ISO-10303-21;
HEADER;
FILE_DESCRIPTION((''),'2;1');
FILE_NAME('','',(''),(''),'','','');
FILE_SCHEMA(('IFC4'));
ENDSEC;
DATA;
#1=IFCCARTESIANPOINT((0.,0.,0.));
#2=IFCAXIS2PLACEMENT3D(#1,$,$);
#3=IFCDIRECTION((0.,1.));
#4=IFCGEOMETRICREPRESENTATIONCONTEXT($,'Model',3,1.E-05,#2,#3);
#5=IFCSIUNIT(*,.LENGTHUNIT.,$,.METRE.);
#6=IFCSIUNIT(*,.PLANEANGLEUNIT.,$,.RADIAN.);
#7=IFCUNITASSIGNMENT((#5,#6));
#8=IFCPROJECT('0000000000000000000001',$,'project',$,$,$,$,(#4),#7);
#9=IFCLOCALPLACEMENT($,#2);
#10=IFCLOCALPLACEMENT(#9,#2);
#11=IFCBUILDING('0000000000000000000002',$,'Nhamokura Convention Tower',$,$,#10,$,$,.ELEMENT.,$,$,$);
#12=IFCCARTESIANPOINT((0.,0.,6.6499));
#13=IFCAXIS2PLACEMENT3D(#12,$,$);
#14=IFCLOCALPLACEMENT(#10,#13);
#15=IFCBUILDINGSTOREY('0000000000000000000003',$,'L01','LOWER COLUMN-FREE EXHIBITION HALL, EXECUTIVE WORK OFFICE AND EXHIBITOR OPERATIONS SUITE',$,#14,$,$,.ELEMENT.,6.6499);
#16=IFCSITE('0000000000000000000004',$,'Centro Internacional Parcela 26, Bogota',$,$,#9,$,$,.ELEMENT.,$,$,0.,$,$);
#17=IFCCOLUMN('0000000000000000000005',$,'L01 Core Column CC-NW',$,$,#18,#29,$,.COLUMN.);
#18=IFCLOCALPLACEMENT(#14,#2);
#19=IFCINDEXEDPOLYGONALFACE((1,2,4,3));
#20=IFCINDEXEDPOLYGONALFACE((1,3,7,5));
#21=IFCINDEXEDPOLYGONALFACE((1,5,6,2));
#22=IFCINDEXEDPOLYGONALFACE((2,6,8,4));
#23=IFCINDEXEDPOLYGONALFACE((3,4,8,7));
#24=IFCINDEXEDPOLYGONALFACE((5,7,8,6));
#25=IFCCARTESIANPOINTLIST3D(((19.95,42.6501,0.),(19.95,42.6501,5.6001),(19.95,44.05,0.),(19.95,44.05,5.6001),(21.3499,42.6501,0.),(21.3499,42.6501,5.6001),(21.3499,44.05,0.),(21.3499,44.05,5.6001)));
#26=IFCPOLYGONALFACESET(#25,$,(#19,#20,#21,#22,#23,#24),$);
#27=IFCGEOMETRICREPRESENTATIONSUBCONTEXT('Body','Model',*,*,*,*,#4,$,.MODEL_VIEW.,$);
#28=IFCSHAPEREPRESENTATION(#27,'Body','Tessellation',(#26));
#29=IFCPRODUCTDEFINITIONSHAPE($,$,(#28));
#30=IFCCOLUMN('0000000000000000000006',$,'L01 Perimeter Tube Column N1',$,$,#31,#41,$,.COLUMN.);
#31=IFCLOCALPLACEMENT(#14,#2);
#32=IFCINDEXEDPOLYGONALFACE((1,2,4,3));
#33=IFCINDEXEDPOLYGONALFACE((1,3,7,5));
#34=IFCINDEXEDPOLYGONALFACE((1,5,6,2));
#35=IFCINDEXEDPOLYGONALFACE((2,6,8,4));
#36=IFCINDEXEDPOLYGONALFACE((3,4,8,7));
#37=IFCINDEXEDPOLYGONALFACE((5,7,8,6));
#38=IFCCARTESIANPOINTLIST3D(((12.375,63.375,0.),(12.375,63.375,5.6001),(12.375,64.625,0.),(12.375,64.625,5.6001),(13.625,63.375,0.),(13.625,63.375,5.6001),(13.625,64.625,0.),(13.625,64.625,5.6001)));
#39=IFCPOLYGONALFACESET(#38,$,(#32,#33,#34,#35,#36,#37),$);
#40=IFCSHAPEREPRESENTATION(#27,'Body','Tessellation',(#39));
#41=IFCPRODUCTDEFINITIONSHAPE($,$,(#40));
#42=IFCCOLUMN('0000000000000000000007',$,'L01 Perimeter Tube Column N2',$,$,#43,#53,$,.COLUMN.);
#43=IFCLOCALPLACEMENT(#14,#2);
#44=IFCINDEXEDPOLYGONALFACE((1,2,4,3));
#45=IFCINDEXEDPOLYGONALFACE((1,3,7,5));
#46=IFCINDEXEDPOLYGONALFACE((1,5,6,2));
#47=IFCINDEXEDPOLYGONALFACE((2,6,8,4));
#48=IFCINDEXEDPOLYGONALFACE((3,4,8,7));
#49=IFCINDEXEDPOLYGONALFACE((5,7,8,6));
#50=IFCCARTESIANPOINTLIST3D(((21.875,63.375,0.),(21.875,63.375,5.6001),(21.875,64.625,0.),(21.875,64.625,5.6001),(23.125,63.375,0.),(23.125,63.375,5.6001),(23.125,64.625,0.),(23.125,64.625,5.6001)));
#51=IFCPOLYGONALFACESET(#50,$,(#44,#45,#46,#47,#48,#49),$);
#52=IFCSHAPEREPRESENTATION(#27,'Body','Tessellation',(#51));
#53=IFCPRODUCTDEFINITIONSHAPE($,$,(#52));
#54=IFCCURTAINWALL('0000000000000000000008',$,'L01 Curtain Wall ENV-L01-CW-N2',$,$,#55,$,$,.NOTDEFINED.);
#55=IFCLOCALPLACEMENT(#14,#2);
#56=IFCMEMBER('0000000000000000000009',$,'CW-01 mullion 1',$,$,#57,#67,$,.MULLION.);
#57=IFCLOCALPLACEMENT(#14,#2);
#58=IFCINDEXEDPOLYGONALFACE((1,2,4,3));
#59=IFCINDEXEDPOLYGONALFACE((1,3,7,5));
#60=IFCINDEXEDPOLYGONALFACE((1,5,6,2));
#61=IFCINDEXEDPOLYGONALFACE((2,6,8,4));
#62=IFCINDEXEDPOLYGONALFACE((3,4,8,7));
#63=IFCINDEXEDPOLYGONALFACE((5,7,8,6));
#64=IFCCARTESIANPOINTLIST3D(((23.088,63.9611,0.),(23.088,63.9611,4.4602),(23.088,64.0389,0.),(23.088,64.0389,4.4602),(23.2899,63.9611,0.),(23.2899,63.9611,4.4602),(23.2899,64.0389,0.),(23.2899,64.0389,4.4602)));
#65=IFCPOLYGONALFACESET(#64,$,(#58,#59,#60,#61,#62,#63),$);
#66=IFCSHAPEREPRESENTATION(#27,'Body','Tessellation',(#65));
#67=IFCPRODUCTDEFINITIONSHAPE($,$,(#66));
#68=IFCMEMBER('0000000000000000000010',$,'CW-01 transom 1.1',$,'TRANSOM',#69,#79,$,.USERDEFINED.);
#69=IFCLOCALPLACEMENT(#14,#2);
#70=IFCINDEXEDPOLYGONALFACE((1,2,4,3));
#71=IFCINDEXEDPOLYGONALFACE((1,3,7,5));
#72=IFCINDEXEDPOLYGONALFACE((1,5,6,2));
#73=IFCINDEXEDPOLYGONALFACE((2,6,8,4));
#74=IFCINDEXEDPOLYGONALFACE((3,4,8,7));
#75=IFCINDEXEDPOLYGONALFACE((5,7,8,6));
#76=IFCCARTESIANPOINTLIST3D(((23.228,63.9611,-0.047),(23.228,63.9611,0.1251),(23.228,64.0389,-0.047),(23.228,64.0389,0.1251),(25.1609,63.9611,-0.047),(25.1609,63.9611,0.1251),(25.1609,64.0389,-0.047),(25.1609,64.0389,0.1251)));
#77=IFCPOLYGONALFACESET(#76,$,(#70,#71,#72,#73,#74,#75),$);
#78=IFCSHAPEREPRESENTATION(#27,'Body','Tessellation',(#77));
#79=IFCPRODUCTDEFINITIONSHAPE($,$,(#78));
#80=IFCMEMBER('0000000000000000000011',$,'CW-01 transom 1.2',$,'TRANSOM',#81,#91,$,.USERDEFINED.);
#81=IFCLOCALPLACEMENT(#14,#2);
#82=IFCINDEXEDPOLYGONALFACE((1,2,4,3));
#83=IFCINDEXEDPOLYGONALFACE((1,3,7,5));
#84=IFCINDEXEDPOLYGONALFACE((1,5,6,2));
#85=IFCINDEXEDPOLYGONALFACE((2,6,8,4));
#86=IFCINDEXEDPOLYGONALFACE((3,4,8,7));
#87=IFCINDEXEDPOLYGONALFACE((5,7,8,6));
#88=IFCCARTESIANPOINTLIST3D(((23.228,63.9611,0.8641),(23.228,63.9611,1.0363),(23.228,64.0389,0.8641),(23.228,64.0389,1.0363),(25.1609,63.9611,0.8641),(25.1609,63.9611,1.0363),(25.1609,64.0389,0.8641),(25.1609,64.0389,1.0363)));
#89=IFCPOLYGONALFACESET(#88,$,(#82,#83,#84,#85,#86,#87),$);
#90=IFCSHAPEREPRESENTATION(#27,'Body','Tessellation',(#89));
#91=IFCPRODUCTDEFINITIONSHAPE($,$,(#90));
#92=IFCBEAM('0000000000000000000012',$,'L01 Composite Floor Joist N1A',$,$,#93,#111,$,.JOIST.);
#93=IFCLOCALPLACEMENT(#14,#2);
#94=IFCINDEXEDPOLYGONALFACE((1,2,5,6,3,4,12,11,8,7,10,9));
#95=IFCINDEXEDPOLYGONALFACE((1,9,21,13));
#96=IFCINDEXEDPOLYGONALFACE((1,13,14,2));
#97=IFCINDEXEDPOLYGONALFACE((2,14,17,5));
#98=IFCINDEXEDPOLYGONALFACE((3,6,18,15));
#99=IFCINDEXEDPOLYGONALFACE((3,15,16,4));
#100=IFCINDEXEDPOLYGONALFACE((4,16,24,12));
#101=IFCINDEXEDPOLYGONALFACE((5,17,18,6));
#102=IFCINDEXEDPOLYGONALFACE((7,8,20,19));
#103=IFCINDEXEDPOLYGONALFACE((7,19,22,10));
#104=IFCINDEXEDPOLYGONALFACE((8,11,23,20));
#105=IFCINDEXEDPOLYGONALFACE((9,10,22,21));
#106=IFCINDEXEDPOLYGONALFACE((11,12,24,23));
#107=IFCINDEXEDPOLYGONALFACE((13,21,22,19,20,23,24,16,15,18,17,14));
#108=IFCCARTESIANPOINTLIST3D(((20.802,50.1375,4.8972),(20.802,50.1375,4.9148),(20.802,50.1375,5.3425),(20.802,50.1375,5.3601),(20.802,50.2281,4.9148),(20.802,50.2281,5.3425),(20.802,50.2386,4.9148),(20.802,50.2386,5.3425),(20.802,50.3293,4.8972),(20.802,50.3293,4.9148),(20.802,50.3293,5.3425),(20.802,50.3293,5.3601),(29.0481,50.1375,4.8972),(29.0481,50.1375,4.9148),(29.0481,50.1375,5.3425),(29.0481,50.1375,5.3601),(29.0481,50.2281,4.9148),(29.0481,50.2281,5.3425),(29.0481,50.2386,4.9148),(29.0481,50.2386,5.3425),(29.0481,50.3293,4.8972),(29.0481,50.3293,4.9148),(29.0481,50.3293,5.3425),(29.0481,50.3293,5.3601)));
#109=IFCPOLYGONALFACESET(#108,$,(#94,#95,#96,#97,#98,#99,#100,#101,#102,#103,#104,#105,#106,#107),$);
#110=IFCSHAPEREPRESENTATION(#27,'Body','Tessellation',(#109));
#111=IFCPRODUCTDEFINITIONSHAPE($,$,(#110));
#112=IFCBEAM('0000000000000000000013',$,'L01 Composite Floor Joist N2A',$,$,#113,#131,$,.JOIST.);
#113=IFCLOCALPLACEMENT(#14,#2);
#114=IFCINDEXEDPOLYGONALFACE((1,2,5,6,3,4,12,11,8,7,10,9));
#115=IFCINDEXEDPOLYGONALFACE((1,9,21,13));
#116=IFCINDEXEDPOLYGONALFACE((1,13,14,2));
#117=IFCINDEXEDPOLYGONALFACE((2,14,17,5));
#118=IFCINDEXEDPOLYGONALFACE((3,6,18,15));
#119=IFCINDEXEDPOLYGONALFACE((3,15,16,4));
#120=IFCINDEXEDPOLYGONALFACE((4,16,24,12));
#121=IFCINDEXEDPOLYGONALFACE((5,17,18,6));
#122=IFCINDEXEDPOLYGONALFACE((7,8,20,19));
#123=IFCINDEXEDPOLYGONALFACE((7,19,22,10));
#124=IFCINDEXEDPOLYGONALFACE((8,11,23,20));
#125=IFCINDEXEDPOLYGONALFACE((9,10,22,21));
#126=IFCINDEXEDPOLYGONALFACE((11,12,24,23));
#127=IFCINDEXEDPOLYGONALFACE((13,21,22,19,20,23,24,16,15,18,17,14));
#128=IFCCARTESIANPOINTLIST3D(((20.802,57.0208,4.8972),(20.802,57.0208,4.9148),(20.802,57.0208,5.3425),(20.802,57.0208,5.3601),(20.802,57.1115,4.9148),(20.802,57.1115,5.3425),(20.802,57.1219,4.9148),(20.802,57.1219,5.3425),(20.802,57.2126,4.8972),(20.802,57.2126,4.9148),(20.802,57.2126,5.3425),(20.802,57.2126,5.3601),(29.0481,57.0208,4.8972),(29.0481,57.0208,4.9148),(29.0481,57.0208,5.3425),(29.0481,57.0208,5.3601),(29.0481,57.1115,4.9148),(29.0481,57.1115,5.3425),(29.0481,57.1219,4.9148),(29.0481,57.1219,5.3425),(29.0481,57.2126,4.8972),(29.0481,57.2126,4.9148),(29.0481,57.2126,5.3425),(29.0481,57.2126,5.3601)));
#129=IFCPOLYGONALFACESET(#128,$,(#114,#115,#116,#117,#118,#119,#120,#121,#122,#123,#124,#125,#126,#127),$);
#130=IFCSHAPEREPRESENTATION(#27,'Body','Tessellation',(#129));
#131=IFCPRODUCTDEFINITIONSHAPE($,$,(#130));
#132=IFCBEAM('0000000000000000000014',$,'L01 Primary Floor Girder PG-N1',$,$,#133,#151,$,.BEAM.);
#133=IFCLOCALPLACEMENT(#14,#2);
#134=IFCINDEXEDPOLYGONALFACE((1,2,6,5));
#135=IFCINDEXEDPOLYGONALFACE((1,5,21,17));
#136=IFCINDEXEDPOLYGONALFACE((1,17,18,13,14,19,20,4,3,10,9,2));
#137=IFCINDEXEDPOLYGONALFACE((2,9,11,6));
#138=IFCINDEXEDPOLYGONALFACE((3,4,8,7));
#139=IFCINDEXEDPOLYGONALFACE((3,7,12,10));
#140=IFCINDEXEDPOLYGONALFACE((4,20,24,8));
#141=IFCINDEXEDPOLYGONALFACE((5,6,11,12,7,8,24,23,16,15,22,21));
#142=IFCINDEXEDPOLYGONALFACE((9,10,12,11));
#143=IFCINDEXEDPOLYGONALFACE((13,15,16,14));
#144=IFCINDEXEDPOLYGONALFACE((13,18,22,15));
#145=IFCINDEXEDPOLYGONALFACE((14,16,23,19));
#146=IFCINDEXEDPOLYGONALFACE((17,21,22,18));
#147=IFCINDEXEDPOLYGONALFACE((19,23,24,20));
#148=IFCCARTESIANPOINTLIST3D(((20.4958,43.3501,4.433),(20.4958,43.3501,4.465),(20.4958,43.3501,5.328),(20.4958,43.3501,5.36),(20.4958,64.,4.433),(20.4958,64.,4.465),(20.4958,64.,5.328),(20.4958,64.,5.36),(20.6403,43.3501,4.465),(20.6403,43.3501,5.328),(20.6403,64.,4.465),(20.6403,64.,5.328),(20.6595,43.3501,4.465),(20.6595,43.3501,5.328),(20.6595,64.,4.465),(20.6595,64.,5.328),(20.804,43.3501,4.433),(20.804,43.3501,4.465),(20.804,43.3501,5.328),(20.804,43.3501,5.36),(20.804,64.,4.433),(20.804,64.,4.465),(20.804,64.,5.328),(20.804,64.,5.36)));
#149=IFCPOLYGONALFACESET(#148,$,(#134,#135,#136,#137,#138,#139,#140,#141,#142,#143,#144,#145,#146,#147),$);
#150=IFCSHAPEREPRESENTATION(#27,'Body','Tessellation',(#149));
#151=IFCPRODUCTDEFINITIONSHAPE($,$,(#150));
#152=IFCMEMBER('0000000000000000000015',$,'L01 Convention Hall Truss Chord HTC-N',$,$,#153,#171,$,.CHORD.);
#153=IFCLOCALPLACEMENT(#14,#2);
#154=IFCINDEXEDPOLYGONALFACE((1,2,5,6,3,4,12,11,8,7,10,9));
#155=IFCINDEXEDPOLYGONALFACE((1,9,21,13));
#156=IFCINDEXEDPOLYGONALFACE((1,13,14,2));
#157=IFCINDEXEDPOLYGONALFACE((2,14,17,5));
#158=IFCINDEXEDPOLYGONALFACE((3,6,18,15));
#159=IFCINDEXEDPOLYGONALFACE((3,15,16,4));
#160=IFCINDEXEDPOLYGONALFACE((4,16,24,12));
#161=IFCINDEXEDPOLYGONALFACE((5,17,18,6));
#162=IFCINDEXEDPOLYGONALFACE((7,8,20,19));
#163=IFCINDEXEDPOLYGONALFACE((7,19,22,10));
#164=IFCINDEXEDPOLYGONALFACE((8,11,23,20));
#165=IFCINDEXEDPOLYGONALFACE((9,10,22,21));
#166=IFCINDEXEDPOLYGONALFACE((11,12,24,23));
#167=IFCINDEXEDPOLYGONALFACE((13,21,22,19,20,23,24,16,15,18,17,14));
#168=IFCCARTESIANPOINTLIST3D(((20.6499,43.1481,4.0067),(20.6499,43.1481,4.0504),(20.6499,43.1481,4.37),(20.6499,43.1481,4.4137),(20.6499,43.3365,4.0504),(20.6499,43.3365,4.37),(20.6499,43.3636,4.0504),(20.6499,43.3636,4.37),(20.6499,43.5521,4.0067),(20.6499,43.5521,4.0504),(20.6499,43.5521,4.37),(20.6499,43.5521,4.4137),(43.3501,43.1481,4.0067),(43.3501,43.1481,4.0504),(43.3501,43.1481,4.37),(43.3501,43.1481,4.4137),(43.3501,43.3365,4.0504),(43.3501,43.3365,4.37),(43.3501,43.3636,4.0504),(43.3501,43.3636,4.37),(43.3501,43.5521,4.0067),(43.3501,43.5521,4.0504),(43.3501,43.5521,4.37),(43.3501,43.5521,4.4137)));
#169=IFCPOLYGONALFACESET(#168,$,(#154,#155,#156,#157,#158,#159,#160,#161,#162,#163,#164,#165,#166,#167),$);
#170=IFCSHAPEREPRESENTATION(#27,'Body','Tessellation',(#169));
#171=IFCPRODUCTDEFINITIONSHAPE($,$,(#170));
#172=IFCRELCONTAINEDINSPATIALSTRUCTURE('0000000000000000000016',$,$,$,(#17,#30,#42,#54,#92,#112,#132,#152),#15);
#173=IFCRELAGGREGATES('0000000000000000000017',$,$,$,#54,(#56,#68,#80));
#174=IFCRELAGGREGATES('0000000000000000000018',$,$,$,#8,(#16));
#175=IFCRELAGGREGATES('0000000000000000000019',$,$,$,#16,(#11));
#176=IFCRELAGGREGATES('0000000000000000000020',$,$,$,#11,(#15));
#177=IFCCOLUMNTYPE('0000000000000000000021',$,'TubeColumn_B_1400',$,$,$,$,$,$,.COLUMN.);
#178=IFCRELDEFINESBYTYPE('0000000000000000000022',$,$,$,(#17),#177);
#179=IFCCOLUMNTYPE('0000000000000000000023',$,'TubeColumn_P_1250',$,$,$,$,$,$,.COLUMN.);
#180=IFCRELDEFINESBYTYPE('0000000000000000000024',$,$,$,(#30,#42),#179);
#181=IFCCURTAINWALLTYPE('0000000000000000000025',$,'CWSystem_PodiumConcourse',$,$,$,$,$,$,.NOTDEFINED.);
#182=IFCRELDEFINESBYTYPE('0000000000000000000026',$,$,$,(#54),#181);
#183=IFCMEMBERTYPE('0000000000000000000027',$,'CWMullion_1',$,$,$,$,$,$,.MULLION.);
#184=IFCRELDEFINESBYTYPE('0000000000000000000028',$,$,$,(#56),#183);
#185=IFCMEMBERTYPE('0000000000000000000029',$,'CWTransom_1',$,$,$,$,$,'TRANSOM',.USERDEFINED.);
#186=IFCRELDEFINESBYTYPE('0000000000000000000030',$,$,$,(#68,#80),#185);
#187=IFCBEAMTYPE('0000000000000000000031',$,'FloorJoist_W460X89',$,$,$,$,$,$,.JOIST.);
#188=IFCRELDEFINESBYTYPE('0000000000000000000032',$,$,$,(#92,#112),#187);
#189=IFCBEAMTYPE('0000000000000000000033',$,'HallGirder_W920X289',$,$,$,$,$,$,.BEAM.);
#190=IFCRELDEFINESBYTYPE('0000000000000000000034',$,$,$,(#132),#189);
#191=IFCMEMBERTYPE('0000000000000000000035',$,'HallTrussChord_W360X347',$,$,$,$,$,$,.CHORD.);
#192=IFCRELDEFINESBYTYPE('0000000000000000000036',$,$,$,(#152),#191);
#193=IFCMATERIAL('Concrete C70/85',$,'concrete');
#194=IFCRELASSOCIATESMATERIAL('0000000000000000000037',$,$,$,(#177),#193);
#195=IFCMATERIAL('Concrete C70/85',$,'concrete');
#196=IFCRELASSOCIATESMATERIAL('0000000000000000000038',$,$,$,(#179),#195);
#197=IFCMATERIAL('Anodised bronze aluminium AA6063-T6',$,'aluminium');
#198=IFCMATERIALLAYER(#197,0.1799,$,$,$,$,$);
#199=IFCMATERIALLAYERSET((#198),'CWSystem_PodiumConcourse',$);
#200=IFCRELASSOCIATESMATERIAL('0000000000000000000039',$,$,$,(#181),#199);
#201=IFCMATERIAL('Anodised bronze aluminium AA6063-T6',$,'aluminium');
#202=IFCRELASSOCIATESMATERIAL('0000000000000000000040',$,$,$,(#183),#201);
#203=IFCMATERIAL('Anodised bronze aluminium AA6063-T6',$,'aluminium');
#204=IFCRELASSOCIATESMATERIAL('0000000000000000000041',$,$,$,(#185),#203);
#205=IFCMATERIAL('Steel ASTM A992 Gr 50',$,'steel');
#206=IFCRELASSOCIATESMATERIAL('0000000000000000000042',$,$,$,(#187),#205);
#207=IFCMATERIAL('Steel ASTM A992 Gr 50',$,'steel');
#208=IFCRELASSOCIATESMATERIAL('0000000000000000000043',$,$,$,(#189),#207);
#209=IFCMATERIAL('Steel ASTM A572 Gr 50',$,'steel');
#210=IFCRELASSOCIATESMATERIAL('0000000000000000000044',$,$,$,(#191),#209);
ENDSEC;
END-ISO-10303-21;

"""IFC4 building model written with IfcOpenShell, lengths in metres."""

from ifc_helpers import new_model, si_unit, direction, frame, origin, origin_2d, place, context, subcontext, project, spatial, rectangle, i_section, extrude, material, layer, layer_set, material_profile, profile_set, type_object, element, aggregate, save


model = new_model("IFC4")

# Units and contexts
model_context = context("Model", 3, precision=1e-05, world=origin(), true_north=direction((0.0, 1.0)))
body_context = subcontext(model_context, "Body", "Model", "MODEL_VIEW")
ifc_project = project(units=[si_unit("LENGTHUNIT", "METRE"), si_unit("PLANEANGLEUNIT", "RADIAN")], contexts=[model_context])

# Site, building, storey
site_placement = place(None, origin())
site = spatial("IfcSite", under=ifc_project, at=site_placement, Name="Centro Internacional Parcela 26, Bogota", CompositionType="ELEMENT", RefElevation=0.0)
building_placement = place(site_placement, origin())
building = spatial("IfcBuilding", under=site, at=building_placement, Name="Nhamokura Convention Tower", CompositionType="ELEMENT")
storey_placement = place(building_placement, frame((0.0, 0.0, 6.6499)))
storey = spatial("IfcBuildingStorey", under=building, at=storey_placement, Name="L01", Description="LOWER COLUMN-FREE EXHIBITION HALL, EXECUTIVE WORK OFFICE AND EXHIBITOR OPERATIONS SUITE", CompositionType="ELEMENT", Elevation=6.6499)

# Columns
ifc_material_1 = material(Name="Concrete C70/85", Category="concrete")
ifc_material_profile_1 = material_profile(ifc_material_1, rectangle(XDim=1.3999, YDim=1.3999, at=origin_2d()))
ifc_profile_set_1 = profile_set([ifc_material_profile_1], Name="Concrete C70/85")
column_type_1 = type_object("IfcColumnType", Name="TubeColumn_B_1400", PredefinedType="COLUMN", material=ifc_profile_set_1)
column_placement = place(storey_placement, frame((20.6499, 43.3501, 0.0), z_axis=(0.0, 0.0, 1.0), x_axis=(1.0, 0.0, 0.0)))
element("IfcColumn", 1, at=column_placement, inside=storey, type_object=column_type_1, Name="L01 Core Column CC-NW", PredefinedType="COLUMN", context=body_context, shape_type="SweptSolid", body=[
    extrude(rectangle(XDim=1.3999, YDim=1.3999, at=origin_2d()), origin(), (0.0, 0.0, 1.0), 5.6001),
])
ifc_material_2 = material(Name="Concrete C70/85", Category="concrete")
ifc_material_profile_2 = material_profile(ifc_material_2, rectangle(XDim=1.25, YDim=1.25, at=origin_2d()))
ifc_profile_set_2 = profile_set([ifc_material_profile_2], Name="Concrete C70/85")
column_type_2 = type_object("IfcColumnType", Name="TubeColumn_P_1250", PredefinedType="COLUMN", material=ifc_profile_set_2)
for number, where, z_axis, x_axis, name in (
    (2, (13.0, 64.0, 0.0), (0.0, 0.0, 1.0), (1.0, 0.0, 0.0), "L01 Perimeter Tube Column N1"),
    (3, (22.5, 64.0, 0.0), (0.0, 0.0, 1.0), (1.0, 0.0, 0.0), "L01 Perimeter Tube Column N2"),
):
    element("IfcColumn", number, at=place(storey_placement, frame(where, z_axis=z_axis, x_axis=x_axis)), inside=storey, type_object=column_type_2, Name=name, PredefinedType="COLUMN", context=body_context, shape_type="SweptSolid", body=[
        extrude(rectangle(XDim=1.25, YDim=1.25, at=origin_2d()), origin(), (0.0, 0.0, 1.0), 5.6001),
    ])

# Curtain wall, members
ifc_material_3 = material(Name="Anodised bronze aluminium AA6063-T6", Category="aluminium")
ifc_layer_1 = layer(ifc_material_3, 0.1799)
ifc_layer_set_1 = layer_set([ifc_layer_1], Name="CWSystem_PodiumConcourse")
curtain_wall_type = type_object("IfcCurtainWallType", Name="CWSystem_PodiumConcourse", PredefinedType="NOTDEFINED", material=ifc_layer_set_1)
curtain_wall_placement = place(storey_placement, origin())
curtain_wall = element("IfcCurtainWall", 4, at=curtain_wall_placement, inside=storey, type_object=curtain_wall_type, Name="L01 Curtain Wall ENV-L01-CW-N2", PredefinedType="NOTDEFINED")
ifc_material_4 = material(Name="Anodised bronze aluminium AA6063-T6", Category="aluminium")
ifc_material_profile_3 = material_profile(ifc_material_4, rectangle(XDim=0.0779, YDim=0.2019, at=origin_2d()))
ifc_profile_set_3 = profile_set([ifc_material_profile_3], Name="Anodised bronze aluminium AA6063-T6")
member_type_1 = type_object("IfcMemberType", Name="CWMullion_1", PredefinedType="MULLION", material=ifc_profile_set_3)
member_1_placement = place(storey_placement, frame((23.189, 64.0, 0.0), z_axis=(0.0, 0.0, 1.0), x_axis=(0.0, 1.0, 0.0)))
member_1 = element("IfcMember", 5, at=member_1_placement, type_object=member_type_1, Name="CW-01 mullion 1", PredefinedType="MULLION", context=body_context, shape_type="SweptSolid", body=[
    extrude(rectangle(XDim=0.0779, YDim=0.2019, at=origin_2d()), origin(), (0.0, 0.0, 1.0), 4.4602),
])
ifc_material_5 = material(Name="Anodised bronze aluminium AA6063-T6", Category="aluminium")
ifc_material_profile_4 = material_profile(ifc_material_5, rectangle(XDim=0.0779, YDim=0.1721, at=origin_2d()))
ifc_profile_set_4 = profile_set([ifc_material_profile_4], Name="Anodised bronze aluminium AA6063-T6")
member_type_2 = type_object("IfcMemberType", Name="CWTransom_1", ElementType="TRANSOM", PredefinedType="USERDEFINED", material=ifc_profile_set_4)
member_2_placement = place(storey_placement, frame((23.228, 64.0, 0.0391), z_axis=(1.0, 0.0, 0.0), x_axis=(0.0, 1.0, 0.0)))
member_2 = element("IfcMember", 6, at=member_2_placement, type_object=member_type_2, Name="CW-01 transom 1.1", ObjectType="TRANSOM", PredefinedType="USERDEFINED", context=body_context, shape_type="SweptSolid", body=[
    extrude(rectangle(XDim=0.0779, YDim=0.1721, at=origin_2d()), origin(), (0.0, 0.0, 1.0), 1.9329),
])
member_3_placement = place(storey_placement, frame((23.228, 64.0, 0.9502), z_axis=(1.0, 0.0, 0.0), x_axis=(0.0, 1.0, 0.0)))
member_3 = element("IfcMember", 7, at=member_3_placement, type_object=member_type_2, Name="CW-01 transom 1.2", ObjectType="TRANSOM", PredefinedType="USERDEFINED", context=body_context, shape_type="SweptSolid", body=[
    extrude(rectangle(XDim=0.0779, YDim=0.1721, at=origin_2d()), origin(), (0.0, 0.0, 1.0), 1.9329),
])
aggregate(curtain_wall, [member_1, member_2, member_3])

# Beams
ifc_material_6 = material(Name="Steel ASTM A992 Gr 50", Category="steel")
ifc_material_profile_5 = material_profile(ifc_material_6, i_section(OverallWidth=0.1919, OverallDepth=0.4629, WebThickness=0.0105, FlangeThickness=0.0176, at=origin_2d()))
ifc_profile_set_5 = profile_set([ifc_material_profile_5], Name="Steel ASTM A992 Gr 50")
beam_type_1 = type_object("IfcBeamType", Name="FloorJoist_W460X89", PredefinedType="JOIST", material=ifc_profile_set_5)
for number, where, z_axis, x_axis, name in (
    (8, (20.802, 50.2334, 5.1287), (1.0, 0.0, 0.0), (0.0, 1.0, 0.0), "L01 Composite Floor Joist N1A"),
    (9, (20.802, 57.1167, 5.1287), (1.0, 0.0, 0.0), (0.0, 1.0, 0.0), "L01 Composite Floor Joist N2A"),
):
    element("IfcBeam", number, at=place(storey_placement, frame(where, z_axis=z_axis, x_axis=x_axis)), inside=storey, type_object=beam_type_1, Name=name, PredefinedType="JOIST", context=body_context, shape_type="SweptSolid", body=[
        extrude(i_section(OverallWidth=0.1919, OverallDepth=0.4629, WebThickness=0.0105, FlangeThickness=0.0176, at=origin_2d()), origin(), (0.0, 0.0, 1.0), 8.2461),
    ])
ifc_material_7 = material(Name="Steel ASTM A992 Gr 50", Category="steel")
ifc_material_profile_6 = material_profile(ifc_material_7, i_section(OverallWidth=0.3081, OverallDepth=0.927, WebThickness=0.0193, FlangeThickness=0.032, at=origin_2d()))
ifc_profile_set_6 = profile_set([ifc_material_profile_6], Name="Steel ASTM A992 Gr 50")
beam_type_2 = type_object("IfcBeamType", Name="HallGirder_W920X289", PredefinedType="BEAM", material=ifc_profile_set_6)
beam_placement = place(storey_placement, frame((20.6499, 43.3501, 4.8965), z_axis=(0.0, 1.0, 0.0), x_axis=(-1.0, 0.0, 0.0)))
element("IfcBeam", 10, at=beam_placement, inside=storey, type_object=beam_type_2, Name="L01 Primary Floor Girder PG-N1", PredefinedType="BEAM", context=body_context, shape_type="SweptSolid", body=[
    extrude(i_section(OverallWidth=0.3081, OverallDepth=0.927, WebThickness=0.0193, FlangeThickness=0.032, at=origin_2d()), origin(), (0.0, 0.0, 1.0), 20.6499),
])

# Member
ifc_material_8 = material(Name="Steel ASTM A572 Gr 50", Category="steel")
ifc_material_profile_7 = material_profile(ifc_material_8, i_section(OverallWidth=0.4041, OverallDepth=0.407, WebThickness=0.0271, FlangeThickness=0.0437, at=origin_2d()))
ifc_profile_set_7 = profile_set([ifc_material_profile_7], Name="Steel ASTM A572 Gr 50")
member_type_3 = type_object("IfcMemberType", Name="HallTrussChord_W360X347", PredefinedType="CHORD", material=ifc_profile_set_7)
member_4_placement = place(storey_placement, frame((20.6499, 43.3501, 4.2102), z_axis=(1.0, 0.0, 0.0), x_axis=(0.0, 1.0, 0.0)))
element("IfcMember", 11, at=member_4_placement, inside=storey, type_object=member_type_3, Name="L01 Convention Hall Truss Chord HTC-N", PredefinedType="CHORD", context=body_context, shape_type="SweptSolid", body=[
    extrude(i_section(OverallWidth=0.4041, OverallDepth=0.407, WebThickness=0.0271, FlangeThickness=0.0437, at=origin_2d()), origin(), (0.0, 0.0, 1.0), 22.7002),
])

save(model, "model.ifc")
